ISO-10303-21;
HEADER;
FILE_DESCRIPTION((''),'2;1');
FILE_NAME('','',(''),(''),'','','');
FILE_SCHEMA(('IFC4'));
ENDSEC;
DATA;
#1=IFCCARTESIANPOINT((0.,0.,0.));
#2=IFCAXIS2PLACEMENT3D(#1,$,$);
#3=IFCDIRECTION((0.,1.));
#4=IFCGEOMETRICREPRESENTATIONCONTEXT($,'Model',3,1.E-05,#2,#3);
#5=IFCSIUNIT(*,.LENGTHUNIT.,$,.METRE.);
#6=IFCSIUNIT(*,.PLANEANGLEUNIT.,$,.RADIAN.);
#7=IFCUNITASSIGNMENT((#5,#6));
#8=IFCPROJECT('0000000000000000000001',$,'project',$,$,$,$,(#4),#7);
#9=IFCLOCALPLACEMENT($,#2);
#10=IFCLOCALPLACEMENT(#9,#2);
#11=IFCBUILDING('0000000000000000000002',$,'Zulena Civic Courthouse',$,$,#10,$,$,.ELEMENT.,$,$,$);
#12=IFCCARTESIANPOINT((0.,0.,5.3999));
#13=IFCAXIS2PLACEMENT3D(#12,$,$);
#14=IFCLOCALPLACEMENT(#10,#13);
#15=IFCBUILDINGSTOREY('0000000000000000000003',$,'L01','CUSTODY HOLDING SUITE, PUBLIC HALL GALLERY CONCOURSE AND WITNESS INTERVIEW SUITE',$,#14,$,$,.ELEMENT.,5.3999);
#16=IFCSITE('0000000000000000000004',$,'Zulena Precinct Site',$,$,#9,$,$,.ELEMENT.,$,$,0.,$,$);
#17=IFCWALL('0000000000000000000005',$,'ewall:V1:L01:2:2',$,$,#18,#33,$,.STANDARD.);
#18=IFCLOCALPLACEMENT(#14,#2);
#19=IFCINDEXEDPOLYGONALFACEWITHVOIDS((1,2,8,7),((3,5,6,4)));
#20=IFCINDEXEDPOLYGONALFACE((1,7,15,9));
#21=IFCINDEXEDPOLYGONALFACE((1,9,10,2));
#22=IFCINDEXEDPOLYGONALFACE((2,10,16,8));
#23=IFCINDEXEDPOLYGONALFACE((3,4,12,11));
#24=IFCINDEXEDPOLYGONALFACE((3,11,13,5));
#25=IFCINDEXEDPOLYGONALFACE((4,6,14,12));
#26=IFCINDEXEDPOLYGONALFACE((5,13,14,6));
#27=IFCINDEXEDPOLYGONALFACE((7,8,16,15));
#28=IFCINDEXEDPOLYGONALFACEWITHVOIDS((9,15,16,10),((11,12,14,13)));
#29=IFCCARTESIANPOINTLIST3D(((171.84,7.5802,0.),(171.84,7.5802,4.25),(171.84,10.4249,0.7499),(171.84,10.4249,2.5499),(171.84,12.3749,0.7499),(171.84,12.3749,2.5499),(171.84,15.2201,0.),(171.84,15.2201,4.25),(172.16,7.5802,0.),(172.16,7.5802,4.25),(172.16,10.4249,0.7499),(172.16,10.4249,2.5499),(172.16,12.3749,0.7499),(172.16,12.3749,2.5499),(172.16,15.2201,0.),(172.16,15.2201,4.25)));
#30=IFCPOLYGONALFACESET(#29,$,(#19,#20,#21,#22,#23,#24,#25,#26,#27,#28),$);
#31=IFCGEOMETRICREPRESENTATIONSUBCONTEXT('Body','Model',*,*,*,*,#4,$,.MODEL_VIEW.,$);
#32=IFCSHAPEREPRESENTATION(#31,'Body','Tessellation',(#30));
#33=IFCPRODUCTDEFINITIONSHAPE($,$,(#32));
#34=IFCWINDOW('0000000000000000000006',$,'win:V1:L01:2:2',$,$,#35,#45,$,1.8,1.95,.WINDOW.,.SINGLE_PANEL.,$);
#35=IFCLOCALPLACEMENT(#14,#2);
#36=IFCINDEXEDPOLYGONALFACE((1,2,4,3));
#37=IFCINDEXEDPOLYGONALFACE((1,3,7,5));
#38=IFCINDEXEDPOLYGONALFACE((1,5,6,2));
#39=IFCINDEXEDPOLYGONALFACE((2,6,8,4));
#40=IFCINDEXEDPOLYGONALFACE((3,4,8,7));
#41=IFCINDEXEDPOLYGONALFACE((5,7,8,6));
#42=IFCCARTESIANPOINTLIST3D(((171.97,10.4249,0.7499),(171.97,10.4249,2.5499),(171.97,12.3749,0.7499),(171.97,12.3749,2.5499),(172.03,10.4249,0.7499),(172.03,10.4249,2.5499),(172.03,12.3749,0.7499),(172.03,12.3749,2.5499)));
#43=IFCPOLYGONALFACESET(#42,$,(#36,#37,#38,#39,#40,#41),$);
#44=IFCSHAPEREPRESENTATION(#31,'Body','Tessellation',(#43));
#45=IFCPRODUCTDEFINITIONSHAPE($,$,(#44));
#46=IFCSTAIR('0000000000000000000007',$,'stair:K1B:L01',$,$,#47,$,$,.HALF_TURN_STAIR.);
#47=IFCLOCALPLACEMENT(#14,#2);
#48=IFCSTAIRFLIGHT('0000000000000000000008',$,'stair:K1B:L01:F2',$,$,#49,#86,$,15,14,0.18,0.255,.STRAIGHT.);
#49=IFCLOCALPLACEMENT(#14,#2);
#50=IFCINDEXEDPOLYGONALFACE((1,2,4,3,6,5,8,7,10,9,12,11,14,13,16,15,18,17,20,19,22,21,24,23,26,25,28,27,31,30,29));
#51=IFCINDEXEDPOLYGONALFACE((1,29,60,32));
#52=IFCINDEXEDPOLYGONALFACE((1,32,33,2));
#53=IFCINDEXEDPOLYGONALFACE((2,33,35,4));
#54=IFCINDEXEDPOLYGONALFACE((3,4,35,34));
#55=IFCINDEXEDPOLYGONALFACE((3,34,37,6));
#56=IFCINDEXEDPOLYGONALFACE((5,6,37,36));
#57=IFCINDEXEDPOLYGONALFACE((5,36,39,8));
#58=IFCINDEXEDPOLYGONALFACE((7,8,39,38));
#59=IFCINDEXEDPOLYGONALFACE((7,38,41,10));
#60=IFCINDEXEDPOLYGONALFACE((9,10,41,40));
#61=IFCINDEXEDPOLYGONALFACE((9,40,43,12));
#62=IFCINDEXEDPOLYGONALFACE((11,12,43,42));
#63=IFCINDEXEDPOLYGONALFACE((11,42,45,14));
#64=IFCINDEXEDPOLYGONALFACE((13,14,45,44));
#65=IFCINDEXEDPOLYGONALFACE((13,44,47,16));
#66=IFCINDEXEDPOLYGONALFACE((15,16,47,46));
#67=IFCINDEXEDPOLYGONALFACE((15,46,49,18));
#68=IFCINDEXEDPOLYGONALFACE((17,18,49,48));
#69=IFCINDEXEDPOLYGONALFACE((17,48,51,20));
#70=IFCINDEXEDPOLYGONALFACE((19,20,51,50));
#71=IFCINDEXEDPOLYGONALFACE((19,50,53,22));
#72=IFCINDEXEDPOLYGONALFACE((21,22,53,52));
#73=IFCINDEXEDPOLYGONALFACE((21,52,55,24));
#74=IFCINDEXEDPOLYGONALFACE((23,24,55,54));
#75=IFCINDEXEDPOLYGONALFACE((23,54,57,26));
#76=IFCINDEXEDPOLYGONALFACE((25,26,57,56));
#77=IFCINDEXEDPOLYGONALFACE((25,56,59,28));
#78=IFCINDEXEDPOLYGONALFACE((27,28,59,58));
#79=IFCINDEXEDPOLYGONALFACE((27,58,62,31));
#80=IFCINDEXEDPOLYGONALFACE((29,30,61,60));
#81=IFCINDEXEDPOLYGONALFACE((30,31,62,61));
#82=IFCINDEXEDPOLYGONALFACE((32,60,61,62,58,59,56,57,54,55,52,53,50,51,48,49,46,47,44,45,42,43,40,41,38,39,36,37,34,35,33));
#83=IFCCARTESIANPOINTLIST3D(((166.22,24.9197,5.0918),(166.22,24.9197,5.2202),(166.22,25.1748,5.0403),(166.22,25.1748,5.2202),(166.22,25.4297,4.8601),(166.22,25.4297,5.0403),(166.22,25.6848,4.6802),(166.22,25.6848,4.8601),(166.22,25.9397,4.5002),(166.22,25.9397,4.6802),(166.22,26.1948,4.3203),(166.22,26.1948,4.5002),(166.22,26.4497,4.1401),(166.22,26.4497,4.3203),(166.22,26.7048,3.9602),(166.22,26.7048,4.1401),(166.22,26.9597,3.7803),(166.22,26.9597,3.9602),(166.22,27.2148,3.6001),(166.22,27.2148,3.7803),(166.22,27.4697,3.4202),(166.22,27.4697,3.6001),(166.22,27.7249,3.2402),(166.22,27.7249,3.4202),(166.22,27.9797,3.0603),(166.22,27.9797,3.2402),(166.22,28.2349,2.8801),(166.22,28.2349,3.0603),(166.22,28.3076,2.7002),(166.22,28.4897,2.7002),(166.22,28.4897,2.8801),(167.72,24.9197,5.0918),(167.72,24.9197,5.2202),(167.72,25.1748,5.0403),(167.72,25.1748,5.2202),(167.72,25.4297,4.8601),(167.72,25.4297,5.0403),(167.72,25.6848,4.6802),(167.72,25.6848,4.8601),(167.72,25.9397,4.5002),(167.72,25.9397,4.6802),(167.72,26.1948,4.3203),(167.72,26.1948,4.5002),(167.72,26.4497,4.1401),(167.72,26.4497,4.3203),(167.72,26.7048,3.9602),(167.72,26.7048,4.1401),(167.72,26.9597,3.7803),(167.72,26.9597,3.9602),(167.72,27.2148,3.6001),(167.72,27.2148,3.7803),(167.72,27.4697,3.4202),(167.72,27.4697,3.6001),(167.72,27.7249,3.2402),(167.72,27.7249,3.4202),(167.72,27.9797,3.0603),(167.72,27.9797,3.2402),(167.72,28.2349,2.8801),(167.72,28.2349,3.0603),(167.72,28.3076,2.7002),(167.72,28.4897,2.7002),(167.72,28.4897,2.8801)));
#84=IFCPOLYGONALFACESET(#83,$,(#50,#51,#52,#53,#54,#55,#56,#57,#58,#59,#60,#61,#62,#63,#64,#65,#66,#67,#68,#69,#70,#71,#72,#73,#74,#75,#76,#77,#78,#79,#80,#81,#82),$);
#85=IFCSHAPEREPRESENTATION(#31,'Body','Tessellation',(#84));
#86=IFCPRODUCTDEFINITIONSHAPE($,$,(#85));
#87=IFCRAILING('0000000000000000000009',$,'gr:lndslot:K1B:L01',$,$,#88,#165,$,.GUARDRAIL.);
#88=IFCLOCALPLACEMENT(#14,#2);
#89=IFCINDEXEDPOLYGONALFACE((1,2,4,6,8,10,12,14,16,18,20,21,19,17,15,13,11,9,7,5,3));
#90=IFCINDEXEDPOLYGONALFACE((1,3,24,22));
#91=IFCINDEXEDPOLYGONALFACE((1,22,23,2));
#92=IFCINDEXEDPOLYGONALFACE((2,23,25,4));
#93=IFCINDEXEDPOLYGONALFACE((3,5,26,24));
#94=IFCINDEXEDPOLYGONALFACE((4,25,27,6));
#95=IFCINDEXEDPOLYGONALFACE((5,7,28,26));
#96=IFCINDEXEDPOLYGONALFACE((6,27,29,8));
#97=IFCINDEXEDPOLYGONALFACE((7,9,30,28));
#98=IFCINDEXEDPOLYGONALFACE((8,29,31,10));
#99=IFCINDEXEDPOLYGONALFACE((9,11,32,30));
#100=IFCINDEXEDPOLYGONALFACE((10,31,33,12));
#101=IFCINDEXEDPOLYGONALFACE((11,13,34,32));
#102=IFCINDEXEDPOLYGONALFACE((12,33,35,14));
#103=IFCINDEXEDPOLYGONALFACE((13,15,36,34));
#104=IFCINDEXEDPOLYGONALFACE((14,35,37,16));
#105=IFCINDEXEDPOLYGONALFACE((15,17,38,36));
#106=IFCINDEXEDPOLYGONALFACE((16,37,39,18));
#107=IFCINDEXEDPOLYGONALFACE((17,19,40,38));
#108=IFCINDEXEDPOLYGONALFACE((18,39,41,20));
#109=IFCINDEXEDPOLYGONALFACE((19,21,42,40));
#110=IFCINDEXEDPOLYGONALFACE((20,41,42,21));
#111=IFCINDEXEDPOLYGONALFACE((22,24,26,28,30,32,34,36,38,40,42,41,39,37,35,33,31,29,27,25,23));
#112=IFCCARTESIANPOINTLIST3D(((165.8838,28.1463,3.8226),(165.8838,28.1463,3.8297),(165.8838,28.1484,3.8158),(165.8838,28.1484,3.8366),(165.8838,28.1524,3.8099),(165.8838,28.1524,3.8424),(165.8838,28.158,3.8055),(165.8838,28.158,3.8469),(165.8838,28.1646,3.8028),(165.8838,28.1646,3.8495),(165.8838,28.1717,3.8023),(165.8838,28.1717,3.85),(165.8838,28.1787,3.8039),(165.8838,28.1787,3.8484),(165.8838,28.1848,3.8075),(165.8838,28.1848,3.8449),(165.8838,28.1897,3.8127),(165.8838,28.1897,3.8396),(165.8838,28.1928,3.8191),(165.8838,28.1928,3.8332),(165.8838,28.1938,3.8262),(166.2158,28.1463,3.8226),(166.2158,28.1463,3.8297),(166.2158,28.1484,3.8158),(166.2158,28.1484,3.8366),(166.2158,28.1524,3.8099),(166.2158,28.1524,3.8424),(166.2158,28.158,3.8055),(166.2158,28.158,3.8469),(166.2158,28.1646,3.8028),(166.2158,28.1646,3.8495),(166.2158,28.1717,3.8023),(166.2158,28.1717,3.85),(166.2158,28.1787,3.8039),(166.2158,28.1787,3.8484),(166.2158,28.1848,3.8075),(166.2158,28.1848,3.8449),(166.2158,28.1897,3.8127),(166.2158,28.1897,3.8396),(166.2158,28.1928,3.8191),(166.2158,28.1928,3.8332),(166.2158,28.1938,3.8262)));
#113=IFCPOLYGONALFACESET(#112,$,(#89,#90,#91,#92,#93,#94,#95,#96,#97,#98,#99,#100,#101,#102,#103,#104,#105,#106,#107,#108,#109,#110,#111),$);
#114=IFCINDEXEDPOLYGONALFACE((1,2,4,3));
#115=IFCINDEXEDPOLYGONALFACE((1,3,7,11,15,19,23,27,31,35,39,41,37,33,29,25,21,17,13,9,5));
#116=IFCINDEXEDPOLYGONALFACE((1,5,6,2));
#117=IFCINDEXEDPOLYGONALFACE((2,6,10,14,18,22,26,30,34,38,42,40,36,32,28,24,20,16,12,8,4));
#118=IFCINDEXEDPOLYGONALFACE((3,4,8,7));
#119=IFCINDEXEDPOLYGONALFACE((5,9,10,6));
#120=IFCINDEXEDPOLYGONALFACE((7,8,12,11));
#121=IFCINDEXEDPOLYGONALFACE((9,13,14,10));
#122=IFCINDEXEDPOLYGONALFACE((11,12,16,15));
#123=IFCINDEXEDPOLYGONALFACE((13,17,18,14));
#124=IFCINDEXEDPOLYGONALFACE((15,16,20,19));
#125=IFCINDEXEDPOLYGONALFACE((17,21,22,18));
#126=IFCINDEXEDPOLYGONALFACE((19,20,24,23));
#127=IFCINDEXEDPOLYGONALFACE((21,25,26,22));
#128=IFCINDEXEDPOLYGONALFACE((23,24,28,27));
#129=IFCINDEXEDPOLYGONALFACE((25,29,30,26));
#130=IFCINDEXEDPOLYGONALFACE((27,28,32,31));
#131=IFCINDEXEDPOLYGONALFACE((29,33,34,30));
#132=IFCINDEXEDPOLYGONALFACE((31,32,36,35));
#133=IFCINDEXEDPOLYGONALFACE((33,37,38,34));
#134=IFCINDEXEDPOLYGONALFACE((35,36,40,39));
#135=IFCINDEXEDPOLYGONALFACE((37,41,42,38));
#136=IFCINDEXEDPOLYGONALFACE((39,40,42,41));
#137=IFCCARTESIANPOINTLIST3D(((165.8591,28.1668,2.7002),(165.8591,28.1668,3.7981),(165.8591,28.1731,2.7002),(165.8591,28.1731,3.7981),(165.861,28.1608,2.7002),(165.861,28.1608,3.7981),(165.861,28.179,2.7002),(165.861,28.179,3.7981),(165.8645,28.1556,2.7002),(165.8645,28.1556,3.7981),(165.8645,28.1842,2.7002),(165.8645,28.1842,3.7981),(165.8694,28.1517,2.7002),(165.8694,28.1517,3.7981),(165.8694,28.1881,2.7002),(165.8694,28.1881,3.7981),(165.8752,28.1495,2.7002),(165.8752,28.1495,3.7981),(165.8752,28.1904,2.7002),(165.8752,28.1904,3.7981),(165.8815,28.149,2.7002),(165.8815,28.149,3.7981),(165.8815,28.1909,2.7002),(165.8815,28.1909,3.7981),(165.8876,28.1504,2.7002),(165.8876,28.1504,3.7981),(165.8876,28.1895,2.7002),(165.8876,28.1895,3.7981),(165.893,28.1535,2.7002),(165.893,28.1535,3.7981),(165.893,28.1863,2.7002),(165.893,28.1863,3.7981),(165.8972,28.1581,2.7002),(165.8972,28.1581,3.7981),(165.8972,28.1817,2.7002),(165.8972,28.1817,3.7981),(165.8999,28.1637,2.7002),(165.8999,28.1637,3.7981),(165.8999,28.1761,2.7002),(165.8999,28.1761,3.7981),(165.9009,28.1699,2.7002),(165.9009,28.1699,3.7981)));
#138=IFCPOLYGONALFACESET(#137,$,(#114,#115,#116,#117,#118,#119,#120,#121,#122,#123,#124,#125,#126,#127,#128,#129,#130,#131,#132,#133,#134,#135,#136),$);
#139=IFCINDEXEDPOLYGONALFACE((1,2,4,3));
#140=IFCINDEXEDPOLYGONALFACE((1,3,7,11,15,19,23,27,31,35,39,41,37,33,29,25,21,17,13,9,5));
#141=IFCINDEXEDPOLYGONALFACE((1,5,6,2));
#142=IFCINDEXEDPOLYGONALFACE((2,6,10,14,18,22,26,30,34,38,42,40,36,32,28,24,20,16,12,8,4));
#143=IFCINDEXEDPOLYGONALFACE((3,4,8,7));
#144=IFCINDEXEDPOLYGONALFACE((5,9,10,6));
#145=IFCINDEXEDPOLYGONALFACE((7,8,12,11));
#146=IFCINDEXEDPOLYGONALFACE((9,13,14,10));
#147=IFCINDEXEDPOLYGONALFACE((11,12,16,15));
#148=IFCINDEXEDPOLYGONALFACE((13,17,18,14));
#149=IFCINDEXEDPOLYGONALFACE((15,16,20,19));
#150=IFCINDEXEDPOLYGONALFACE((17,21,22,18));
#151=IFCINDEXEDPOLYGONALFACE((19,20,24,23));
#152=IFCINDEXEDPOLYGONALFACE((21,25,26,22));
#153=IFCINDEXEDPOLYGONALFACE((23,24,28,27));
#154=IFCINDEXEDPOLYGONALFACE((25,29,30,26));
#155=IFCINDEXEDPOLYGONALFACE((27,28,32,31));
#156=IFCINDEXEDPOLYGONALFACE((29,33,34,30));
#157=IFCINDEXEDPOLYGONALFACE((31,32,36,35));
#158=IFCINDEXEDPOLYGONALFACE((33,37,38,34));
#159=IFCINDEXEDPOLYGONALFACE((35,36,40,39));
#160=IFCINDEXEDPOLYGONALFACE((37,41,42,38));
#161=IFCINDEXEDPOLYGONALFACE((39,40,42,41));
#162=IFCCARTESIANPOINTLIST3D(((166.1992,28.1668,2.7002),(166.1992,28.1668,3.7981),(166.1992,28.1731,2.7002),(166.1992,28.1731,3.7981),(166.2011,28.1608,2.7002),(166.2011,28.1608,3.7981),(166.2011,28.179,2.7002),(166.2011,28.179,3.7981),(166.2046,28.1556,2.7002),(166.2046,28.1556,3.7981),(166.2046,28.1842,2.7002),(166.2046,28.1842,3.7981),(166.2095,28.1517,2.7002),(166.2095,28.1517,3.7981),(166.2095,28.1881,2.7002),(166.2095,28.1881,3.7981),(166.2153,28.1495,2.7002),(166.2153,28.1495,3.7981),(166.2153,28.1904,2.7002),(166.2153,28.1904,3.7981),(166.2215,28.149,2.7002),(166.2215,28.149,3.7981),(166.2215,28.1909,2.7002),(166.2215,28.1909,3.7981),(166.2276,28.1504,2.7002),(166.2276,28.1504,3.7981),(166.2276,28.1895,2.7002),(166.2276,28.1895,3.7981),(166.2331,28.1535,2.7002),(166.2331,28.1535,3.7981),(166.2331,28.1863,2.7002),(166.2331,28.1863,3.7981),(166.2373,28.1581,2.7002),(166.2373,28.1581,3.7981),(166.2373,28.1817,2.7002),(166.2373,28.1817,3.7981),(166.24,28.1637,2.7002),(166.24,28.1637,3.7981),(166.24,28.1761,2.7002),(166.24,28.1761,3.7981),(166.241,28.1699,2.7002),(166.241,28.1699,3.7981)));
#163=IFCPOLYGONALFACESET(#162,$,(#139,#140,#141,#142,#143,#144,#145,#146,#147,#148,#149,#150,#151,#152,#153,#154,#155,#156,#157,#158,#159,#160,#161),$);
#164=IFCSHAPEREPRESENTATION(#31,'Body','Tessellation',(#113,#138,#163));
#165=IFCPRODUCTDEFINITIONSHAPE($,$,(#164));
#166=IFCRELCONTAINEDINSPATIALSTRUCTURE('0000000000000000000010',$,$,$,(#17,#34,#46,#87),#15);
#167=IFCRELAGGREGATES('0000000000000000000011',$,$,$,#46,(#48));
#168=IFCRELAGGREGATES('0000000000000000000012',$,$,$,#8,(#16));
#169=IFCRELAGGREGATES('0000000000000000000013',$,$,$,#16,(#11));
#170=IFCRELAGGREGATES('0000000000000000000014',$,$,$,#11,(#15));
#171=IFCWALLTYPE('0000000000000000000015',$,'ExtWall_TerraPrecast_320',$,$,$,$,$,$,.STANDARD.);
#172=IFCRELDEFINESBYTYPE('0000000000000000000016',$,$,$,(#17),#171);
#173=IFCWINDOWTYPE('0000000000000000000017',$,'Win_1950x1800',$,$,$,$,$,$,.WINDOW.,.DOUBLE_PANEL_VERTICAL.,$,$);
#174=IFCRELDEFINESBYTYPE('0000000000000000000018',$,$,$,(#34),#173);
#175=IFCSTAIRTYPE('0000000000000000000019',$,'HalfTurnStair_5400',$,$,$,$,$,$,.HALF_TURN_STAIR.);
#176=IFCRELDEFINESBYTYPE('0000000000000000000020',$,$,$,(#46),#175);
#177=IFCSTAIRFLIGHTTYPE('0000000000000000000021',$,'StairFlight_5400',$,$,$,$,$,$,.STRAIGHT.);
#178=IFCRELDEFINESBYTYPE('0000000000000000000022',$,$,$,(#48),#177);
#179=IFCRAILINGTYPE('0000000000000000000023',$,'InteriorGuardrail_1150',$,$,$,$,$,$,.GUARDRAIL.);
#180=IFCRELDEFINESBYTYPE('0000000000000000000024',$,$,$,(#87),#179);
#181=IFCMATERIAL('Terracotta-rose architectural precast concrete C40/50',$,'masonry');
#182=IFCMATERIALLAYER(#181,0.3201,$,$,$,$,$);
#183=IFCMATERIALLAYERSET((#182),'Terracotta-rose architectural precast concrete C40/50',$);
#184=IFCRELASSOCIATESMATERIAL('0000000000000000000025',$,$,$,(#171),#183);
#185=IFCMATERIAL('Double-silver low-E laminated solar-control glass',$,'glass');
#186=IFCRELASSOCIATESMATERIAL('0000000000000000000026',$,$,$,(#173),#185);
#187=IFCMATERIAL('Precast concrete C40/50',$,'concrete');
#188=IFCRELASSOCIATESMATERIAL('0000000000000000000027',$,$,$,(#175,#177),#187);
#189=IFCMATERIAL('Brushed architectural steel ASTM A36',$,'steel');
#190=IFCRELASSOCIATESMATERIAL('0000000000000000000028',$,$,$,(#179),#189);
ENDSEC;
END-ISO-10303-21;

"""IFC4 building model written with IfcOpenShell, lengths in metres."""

from ifc_helpers import new_model, si_unit, direction, frame, frame_2d, origin, origin_2d, place, context, subcontext, project, spatial, polyline, rectangle, circle, outline, extrude, material, layer, layer_set, type_object, element, fill, aggregate, save


model = new_model("IFC4")

# Units and contexts
model_context = context("Model", 3, precision=1e-05, world=origin(), true_north=direction((0.0, 1.0)))
body_context = subcontext(model_context, "Body", "Model", "MODEL_VIEW")
ifc_project = project(units=[si_unit("LENGTHUNIT", "METRE"), si_unit("PLANEANGLEUNIT", "RADIAN")], contexts=[model_context])

# Site, building, storey
site_placement = place(None, origin())
site = spatial("IfcSite", under=ifc_project, at=site_placement, Name="Zulena Precinct Site", CompositionType="ELEMENT", RefElevation=0.0)
building_placement = place(site_placement, origin())
building = spatial("IfcBuilding", under=site, at=building_placement, Name="Zulena Civic Courthouse", CompositionType="ELEMENT")
storey_placement = place(building_placement, frame((0.0, 0.0, 5.3999)))
storey = spatial("IfcBuildingStorey", under=building, at=storey_placement, Name="L01", Description="CUSTODY HOLDING SUITE, PUBLIC HALL GALLERY CONCOURSE AND WITNESS INTERVIEW SUITE", CompositionType="ELEMENT", Elevation=5.3999)

# Shared definitions
ifc_material_1 = material(Name="Double-silver low-E laminated solar-control glass", Category="glass")

# Wall, opening, window
ifc_material_2 = material(Name="Terracotta-rose architectural precast concrete C40/50", Category="masonry")
ifc_layer_1 = layer(ifc_material_2, 0.3201)
ifc_layer_set_1 = layer_set([ifc_layer_1], Name="Terracotta-rose architectural precast concrete C40/50")
wall_type_1 = type_object("IfcWallType", Name="ExtWall_TerraPrecast_320", PredefinedType="STANDARD", material=ifc_layer_set_1)
wall_1_placement = place(storey_placement, frame((172.0, 15.22, 0.0), z_axis=(0.0, 0.0, 1.0), x_axis=(0.0, -1.0, 0.0)))
wall_1 = element("IfcWall", 1, at=wall_1_placement, inside=storey, type_object=wall_type_1, Name="ewall:V1:L01:2:2", PredefinedType="STANDARD", context=body_context, shape_type="SweptSolid", body=[
    extrude(rectangle(XDim=7.6399, YDim=0.3201, at=frame_2d((3.8198, 0.0))), origin(), (0.0, 0.0, 1.0), 4.25),
])
opening_1_placement = place(wall_1_placement, frame((2.845, 0.0, 0.75)))
opening_1 = element("IfcOpeningElement", 2, at=opening_1_placement, cuts=wall_1, PredefinedType="OPENING", context=body_context, shape_type="SweptSolid", body=[
    extrude(rectangle(XDim=1.95, YDim=1.8, at=frame_2d((0.9751, 0.8999))), frame((0.0, 0.1699, 0.0), z_axis=(0.0, -1.0, 0.0), x_axis=(1.0, 0.0, 0.0)), (0.0, 0.0, 1.0), 0.3401),
])
window_type = type_object("IfcWindowType", Name="Win_1950x1800", PartitioningType="DOUBLE_PANEL_VERTICAL", PredefinedType="WINDOW", material=ifc_material_1)
window_placement = place(opening_1_placement, origin())
window = element("IfcWindow", 3, at=window_placement, inside=storey, type_object=window_type, Name="win:V1:L01:2:2", OverallHeight=1.8, OverallWidth=1.95, PartitioningType="SINGLE_PANEL", PredefinedType="WINDOW", context=body_context, shape_type="SweptSolid", body=[
    extrude(rectangle(XDim=1.95, YDim=1.8, at=frame_2d((0.9751, 0.8999))), frame((0.0, 0.03, 0.0), z_axis=(0.0, -1.0, 0.0), x_axis=(1.0, 0.0, 0.0)), (0.0, 0.0, 1.0), 0.0601),
])
fill(opening_1, window)

# Stair, stair flight
ifc_material_3 = material(Name="Precast concrete C40/50", Category="concrete")
stair_type = type_object("IfcStairType", Name="HalfTurnStair_5400", PredefinedType="HALF_TURN_STAIR", material=ifc_material_3)
stair_placement = place(storey_placement, origin())
stair = element("IfcStair", 4, at=stair_placement, inside=storey, type_object=stair_type, Name="stair:K1B:L01", PredefinedType="HALF_TURN_STAIR")
stair_flight_type = type_object("IfcStairFlightType", Name="StairFlight_5400", PredefinedType="STRAIGHT", material=ifc_material_3)
stair_flight_placement = place(storey_placement, frame((166.97, 28.4897, 2.7002), z_axis=(0.0, 0.0, 1.0), x_axis=(0.0, -1.0, 0.0)))
stair_flight = element("IfcStairFlight", 5, at=stair_flight_placement, type_object=stair_flight_type, Name="stair:K1B:L01:F2", NumberOfRisers=15, NumberOfTreads=14, PredefinedType="STRAIGHT", RiserHeight=0.18, TreadLength=0.255, context=body_context, shape_type="SweptSolid", body=[
    extrude(outline(polyline([(0.0, 0.0), (0.0, 0.1799), (0.2549, 0.1799), (0.2549, 0.3601), (0.51, 0.3601), (0.51, 0.54), (0.7649, 0.54), (0.7649, 0.72), (1.02, 0.72), (1.02, 0.8999), (1.2749, 0.8999), (1.2749, 1.0801), (1.53, 1.0801), (1.53, 1.26), (1.7849, 1.26), (1.7849, 1.4399), (2.04, 1.4399), (2.04, 1.6201), (2.2949, 1.6201), (2.2949, 1.8), (2.55, 1.8), (2.55, 1.98), (2.8049, 1.98), (2.8049, 2.1599), (3.0601, 2.1599), (3.0601, 2.3401), (3.3149, 2.3401), (3.3149, 2.52), (3.5701, 2.52), (3.5701, 2.7), (3.5701, 2.3916), (0.1821, 0.0), (0.0, 0.0)])), frame((0.0, 0.75, 0.0), z_axis=(0.0, -1.0, 0.0), x_axis=(1.0, 0.0, 0.0)), (0.0, 0.0, 1.0), 1.5),
])
aggregate(stair, [stair_flight])

# Railing
ifc_material_4 = material(Name="Brushed architectural steel ASTM A36", Category="steel")
railing_type_1 = type_object("IfcRailingType", Name="InteriorGuardrail_1150", PredefinedType="GUARDRAIL", material=ifc_material_4)
railing_1_placement = place(storey_placement, frame((165.8799, 28.1699, 2.7002)))
element("IfcRailing", 6, at=railing_1_placement, inside=storey, type_object=railing_type_1, Name="gr:lndslot:K1B:L01", PredefinedType="GUARDRAIL", context=body_context, shape_type="SweptSolid", body=[
    extrude(circle(Radius=0.0239, at=origin_2d()), frame((0.0039, 0.0, 1.126), z_axis=(1.0, 0.0, 0.0), x_axis=(0.0, 1.0, 0.0)), (0.0, 0.0, 1.0), 0.332),
    extrude(circle(Radius=0.021, at=origin_2d()), origin(), (0.0, 0.0, 1.0), 1.0979),
    extrude(circle(Radius=0.021, at=origin_2d()), frame((0.3401, 0.0, 0.0)), (0.0, 0.0, 1.0), 1.0979),
])

save(model, "model.ifc")
